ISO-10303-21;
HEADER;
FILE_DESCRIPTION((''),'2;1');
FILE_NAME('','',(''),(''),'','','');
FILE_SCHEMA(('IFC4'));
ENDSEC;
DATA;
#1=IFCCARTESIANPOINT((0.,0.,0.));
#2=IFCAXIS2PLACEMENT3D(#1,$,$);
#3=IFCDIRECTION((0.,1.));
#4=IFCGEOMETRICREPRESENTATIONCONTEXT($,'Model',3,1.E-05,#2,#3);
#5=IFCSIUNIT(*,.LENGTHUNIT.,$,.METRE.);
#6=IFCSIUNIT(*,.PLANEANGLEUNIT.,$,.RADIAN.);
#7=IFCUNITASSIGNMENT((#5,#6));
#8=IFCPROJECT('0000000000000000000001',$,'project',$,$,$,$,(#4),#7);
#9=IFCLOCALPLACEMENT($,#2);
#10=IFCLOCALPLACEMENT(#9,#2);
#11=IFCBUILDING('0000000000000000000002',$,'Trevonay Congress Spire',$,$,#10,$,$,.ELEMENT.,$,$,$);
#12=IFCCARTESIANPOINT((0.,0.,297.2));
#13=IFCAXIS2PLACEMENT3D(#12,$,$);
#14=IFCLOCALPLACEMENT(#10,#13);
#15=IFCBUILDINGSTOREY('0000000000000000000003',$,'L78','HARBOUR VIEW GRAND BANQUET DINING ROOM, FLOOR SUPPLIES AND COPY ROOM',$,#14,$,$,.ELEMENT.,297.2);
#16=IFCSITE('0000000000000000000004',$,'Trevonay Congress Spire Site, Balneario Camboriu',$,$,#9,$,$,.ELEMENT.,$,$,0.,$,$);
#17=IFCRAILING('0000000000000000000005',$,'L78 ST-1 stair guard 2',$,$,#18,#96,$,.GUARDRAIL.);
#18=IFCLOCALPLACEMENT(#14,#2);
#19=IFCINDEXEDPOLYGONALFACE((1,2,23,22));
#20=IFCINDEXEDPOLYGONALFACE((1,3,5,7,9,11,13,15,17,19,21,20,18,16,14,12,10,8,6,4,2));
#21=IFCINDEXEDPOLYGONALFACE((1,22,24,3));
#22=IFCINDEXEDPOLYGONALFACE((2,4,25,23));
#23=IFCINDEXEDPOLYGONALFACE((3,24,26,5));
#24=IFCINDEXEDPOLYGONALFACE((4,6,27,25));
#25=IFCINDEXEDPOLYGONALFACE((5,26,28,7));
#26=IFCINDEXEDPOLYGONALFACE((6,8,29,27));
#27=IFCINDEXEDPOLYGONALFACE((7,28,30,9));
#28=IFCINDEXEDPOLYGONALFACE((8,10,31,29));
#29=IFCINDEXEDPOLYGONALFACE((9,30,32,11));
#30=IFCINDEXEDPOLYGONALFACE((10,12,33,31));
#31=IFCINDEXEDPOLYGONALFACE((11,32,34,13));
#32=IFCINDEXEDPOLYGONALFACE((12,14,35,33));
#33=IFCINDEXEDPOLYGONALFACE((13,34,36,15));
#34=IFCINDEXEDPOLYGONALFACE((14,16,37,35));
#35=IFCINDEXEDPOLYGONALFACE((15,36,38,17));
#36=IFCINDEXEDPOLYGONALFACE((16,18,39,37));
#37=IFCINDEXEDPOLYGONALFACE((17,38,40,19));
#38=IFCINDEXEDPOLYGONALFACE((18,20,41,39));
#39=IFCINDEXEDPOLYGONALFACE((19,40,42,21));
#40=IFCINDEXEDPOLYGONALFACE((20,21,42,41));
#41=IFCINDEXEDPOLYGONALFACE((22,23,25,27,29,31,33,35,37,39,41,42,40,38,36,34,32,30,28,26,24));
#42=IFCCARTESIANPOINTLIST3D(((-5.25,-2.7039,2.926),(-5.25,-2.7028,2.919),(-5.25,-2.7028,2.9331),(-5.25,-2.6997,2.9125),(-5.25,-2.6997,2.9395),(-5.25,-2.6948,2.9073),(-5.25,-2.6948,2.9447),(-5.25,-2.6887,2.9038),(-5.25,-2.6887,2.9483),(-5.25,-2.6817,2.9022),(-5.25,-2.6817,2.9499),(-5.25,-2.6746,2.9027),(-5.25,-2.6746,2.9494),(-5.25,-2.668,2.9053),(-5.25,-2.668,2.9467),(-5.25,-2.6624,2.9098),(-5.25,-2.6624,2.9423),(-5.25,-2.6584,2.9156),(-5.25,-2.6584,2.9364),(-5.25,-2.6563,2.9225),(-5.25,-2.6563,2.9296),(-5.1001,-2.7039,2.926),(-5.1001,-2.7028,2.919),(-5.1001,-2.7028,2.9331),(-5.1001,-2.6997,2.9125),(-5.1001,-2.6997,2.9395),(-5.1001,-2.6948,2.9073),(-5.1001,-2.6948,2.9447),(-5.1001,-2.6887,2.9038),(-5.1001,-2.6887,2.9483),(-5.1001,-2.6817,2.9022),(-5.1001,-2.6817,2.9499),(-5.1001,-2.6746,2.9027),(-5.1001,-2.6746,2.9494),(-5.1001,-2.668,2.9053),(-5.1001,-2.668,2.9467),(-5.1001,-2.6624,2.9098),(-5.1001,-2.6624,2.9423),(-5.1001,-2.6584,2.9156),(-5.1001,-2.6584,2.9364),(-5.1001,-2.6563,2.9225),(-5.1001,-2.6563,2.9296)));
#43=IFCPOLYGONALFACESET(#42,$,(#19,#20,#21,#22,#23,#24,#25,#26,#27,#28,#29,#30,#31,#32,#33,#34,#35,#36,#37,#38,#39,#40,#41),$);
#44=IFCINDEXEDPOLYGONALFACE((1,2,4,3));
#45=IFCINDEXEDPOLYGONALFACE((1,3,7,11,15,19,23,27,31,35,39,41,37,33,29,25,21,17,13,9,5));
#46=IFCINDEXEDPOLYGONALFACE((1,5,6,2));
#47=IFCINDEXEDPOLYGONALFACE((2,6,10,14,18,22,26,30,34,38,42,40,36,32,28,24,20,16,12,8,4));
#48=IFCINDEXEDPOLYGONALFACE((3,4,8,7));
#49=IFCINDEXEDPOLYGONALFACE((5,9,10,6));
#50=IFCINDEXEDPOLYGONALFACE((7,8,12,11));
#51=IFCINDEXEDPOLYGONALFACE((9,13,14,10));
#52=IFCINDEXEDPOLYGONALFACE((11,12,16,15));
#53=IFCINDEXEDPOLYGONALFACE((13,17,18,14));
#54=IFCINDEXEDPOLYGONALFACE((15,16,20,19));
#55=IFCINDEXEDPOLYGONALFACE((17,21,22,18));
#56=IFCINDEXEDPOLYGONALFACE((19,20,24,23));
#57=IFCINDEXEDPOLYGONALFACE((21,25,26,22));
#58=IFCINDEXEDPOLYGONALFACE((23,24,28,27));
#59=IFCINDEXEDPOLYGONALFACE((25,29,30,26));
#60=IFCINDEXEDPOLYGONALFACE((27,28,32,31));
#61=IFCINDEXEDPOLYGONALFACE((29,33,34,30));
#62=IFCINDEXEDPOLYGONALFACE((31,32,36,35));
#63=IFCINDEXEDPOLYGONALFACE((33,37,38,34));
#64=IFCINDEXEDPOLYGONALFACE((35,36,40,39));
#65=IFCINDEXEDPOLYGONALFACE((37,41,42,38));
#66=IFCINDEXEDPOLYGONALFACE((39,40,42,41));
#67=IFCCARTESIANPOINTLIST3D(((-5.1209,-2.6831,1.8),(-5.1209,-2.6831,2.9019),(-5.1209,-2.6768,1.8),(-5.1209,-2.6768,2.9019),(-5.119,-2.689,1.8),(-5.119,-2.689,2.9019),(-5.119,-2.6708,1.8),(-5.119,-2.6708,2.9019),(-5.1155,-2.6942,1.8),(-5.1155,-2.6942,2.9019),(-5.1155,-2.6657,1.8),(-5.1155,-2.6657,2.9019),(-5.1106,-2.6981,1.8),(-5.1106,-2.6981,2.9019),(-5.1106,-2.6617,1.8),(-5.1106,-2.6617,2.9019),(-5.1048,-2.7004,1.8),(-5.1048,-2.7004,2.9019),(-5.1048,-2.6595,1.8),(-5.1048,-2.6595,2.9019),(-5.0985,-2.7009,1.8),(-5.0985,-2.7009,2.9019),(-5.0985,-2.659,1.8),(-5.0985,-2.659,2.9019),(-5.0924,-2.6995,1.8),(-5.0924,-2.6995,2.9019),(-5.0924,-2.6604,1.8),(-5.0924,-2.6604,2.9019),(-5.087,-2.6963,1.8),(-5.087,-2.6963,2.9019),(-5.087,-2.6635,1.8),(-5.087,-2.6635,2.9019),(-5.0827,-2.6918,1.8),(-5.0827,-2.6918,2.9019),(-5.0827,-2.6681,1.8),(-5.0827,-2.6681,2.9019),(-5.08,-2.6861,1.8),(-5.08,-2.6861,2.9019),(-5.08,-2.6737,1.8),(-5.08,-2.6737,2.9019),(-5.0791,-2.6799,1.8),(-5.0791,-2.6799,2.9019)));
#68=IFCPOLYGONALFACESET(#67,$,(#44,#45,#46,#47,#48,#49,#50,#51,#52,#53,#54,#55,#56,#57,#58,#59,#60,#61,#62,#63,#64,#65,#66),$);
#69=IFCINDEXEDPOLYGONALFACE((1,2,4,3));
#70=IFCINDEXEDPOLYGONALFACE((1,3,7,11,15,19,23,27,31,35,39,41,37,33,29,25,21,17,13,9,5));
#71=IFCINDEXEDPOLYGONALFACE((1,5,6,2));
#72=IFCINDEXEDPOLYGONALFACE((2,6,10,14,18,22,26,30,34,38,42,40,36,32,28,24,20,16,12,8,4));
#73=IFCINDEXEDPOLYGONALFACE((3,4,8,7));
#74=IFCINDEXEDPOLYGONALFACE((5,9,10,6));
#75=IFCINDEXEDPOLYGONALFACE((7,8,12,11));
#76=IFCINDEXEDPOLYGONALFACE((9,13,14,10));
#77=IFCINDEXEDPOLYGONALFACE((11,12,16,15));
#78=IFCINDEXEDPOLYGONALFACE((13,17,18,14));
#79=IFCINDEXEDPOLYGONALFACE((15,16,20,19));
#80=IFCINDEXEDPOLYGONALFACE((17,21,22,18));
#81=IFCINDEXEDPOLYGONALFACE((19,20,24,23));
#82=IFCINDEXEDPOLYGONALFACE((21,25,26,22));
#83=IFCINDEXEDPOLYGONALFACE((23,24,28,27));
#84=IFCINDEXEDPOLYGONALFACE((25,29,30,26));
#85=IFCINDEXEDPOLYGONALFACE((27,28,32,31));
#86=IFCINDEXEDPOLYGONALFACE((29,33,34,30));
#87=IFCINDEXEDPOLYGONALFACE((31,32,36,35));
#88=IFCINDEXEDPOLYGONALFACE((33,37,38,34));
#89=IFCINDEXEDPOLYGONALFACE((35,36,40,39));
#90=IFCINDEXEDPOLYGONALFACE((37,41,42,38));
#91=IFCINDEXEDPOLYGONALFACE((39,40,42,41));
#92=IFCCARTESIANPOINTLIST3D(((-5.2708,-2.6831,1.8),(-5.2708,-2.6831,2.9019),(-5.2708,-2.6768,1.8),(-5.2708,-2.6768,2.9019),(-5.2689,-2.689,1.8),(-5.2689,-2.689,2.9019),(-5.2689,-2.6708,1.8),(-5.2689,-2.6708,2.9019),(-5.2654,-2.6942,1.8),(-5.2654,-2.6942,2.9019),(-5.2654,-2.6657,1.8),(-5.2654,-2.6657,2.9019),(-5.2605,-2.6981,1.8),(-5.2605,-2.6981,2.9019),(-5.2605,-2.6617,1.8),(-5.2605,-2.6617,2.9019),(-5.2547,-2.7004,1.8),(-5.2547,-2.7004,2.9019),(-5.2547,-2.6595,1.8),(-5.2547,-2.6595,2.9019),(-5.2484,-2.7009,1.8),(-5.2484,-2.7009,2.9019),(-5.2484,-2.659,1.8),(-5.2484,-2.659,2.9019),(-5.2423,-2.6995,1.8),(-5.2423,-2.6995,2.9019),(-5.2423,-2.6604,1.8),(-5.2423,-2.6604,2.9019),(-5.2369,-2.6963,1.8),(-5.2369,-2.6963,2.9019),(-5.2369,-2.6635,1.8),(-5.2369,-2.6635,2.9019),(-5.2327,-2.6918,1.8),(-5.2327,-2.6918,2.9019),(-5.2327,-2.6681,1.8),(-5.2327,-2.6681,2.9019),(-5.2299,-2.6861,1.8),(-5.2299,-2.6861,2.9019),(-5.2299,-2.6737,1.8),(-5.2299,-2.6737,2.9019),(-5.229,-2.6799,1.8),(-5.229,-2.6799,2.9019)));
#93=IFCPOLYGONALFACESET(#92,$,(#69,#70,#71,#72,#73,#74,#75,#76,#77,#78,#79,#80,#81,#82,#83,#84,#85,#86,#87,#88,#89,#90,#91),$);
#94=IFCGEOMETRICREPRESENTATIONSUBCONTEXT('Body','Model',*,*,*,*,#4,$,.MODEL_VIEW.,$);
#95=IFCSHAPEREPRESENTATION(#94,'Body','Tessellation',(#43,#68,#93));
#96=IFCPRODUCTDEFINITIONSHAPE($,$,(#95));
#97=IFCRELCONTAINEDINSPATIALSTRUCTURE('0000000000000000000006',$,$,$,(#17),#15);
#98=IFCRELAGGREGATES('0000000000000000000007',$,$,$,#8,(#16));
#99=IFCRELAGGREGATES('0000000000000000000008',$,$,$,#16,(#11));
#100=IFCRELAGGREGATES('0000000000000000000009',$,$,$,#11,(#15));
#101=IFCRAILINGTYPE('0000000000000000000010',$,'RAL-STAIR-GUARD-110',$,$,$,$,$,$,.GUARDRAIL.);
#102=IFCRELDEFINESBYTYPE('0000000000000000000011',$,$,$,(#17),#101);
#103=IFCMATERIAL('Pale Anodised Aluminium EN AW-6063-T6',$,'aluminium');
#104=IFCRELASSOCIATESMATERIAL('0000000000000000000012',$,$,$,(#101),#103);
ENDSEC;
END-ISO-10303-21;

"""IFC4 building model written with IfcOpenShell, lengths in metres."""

from ifc_helpers import new_model, si_unit, direction, frame, origin, origin_2d, place, context, subcontext, project, spatial, circle, extrude, material, type_object, element, save


model = new_model("IFC4")

# Units and contexts
model_context = context("Model", 3, precision=1e-05, world=origin(), true_north=direction((0.0, 1.0)))
body_context = subcontext(model_context, "Body", "Model", "MODEL_VIEW")
ifc_project = project(units=[si_unit("LENGTHUNIT", "METRE"), si_unit("PLANEANGLEUNIT", "RADIAN")], contexts=[model_context])

# Site, building, storey
site_placement = place(None, origin())
site = spatial("IfcSite", under=ifc_project, at=site_placement, Name="Trevonay Congress Spire Site, Balneario Camboriu", CompositionType="ELEMENT", RefElevation=0.0)
building_placement = place(site_placement, origin())
building = spatial("IfcBuilding", under=site, at=building_placement, Name="Trevonay Congress Spire", CompositionType="ELEMENT")
storey_placement = place(building_placement, frame((0.0, 0.0, 297.2)))
storey = spatial("IfcBuildingStorey", under=building, at=storey_placement, Name="L78", Description="HARBOUR VIEW GRAND BANQUET DINING ROOM, FLOOR SUPPLIES AND COPY ROOM", CompositionType="ELEMENT", Elevation=297.2)

# Shared definitions
ifc_material_1 = material(Name="Pale Anodised Aluminium EN AW-6063-T6", Category="aluminium")

# Railing
railing_type_1 = type_object("IfcRailingType", Name="RAL-STAIR-GUARD-110", PredefinedType="GUARDRAIL", material=ifc_material_1)
railing_1_placement = place(storey_placement, frame((-5.1001, -2.6799, 1.8)))
element("IfcRailing", 1, at=railing_1_placement, inside=storey, type_object=railing_type_1, Name="L78 ST-1 stair guard 2", PredefinedType="GUARDRAIL", context=body_context, shape_type="SweptSolid", body=[
    extrude(circle(Radius=0.0239, at=origin_2d()), frame((0.0, 0.0, 1.126), z_axis=(-1.0, 0.0, 0.0), x_axis=(0.0, -1.0, 0.0)), (0.0, 0.0, 1.0), 0.1499),
    extrude(circle(Radius=0.021, at=origin_2d()), origin(), (0.0, 0.0, 1.0), 1.1018),
    extrude(circle(Radius=0.021, at=origin_2d()), frame((-0.1499, 0.0, 0.0)), (0.0, 0.0, 1.0), 1.1018),
])

save(model, "model.ifc")
